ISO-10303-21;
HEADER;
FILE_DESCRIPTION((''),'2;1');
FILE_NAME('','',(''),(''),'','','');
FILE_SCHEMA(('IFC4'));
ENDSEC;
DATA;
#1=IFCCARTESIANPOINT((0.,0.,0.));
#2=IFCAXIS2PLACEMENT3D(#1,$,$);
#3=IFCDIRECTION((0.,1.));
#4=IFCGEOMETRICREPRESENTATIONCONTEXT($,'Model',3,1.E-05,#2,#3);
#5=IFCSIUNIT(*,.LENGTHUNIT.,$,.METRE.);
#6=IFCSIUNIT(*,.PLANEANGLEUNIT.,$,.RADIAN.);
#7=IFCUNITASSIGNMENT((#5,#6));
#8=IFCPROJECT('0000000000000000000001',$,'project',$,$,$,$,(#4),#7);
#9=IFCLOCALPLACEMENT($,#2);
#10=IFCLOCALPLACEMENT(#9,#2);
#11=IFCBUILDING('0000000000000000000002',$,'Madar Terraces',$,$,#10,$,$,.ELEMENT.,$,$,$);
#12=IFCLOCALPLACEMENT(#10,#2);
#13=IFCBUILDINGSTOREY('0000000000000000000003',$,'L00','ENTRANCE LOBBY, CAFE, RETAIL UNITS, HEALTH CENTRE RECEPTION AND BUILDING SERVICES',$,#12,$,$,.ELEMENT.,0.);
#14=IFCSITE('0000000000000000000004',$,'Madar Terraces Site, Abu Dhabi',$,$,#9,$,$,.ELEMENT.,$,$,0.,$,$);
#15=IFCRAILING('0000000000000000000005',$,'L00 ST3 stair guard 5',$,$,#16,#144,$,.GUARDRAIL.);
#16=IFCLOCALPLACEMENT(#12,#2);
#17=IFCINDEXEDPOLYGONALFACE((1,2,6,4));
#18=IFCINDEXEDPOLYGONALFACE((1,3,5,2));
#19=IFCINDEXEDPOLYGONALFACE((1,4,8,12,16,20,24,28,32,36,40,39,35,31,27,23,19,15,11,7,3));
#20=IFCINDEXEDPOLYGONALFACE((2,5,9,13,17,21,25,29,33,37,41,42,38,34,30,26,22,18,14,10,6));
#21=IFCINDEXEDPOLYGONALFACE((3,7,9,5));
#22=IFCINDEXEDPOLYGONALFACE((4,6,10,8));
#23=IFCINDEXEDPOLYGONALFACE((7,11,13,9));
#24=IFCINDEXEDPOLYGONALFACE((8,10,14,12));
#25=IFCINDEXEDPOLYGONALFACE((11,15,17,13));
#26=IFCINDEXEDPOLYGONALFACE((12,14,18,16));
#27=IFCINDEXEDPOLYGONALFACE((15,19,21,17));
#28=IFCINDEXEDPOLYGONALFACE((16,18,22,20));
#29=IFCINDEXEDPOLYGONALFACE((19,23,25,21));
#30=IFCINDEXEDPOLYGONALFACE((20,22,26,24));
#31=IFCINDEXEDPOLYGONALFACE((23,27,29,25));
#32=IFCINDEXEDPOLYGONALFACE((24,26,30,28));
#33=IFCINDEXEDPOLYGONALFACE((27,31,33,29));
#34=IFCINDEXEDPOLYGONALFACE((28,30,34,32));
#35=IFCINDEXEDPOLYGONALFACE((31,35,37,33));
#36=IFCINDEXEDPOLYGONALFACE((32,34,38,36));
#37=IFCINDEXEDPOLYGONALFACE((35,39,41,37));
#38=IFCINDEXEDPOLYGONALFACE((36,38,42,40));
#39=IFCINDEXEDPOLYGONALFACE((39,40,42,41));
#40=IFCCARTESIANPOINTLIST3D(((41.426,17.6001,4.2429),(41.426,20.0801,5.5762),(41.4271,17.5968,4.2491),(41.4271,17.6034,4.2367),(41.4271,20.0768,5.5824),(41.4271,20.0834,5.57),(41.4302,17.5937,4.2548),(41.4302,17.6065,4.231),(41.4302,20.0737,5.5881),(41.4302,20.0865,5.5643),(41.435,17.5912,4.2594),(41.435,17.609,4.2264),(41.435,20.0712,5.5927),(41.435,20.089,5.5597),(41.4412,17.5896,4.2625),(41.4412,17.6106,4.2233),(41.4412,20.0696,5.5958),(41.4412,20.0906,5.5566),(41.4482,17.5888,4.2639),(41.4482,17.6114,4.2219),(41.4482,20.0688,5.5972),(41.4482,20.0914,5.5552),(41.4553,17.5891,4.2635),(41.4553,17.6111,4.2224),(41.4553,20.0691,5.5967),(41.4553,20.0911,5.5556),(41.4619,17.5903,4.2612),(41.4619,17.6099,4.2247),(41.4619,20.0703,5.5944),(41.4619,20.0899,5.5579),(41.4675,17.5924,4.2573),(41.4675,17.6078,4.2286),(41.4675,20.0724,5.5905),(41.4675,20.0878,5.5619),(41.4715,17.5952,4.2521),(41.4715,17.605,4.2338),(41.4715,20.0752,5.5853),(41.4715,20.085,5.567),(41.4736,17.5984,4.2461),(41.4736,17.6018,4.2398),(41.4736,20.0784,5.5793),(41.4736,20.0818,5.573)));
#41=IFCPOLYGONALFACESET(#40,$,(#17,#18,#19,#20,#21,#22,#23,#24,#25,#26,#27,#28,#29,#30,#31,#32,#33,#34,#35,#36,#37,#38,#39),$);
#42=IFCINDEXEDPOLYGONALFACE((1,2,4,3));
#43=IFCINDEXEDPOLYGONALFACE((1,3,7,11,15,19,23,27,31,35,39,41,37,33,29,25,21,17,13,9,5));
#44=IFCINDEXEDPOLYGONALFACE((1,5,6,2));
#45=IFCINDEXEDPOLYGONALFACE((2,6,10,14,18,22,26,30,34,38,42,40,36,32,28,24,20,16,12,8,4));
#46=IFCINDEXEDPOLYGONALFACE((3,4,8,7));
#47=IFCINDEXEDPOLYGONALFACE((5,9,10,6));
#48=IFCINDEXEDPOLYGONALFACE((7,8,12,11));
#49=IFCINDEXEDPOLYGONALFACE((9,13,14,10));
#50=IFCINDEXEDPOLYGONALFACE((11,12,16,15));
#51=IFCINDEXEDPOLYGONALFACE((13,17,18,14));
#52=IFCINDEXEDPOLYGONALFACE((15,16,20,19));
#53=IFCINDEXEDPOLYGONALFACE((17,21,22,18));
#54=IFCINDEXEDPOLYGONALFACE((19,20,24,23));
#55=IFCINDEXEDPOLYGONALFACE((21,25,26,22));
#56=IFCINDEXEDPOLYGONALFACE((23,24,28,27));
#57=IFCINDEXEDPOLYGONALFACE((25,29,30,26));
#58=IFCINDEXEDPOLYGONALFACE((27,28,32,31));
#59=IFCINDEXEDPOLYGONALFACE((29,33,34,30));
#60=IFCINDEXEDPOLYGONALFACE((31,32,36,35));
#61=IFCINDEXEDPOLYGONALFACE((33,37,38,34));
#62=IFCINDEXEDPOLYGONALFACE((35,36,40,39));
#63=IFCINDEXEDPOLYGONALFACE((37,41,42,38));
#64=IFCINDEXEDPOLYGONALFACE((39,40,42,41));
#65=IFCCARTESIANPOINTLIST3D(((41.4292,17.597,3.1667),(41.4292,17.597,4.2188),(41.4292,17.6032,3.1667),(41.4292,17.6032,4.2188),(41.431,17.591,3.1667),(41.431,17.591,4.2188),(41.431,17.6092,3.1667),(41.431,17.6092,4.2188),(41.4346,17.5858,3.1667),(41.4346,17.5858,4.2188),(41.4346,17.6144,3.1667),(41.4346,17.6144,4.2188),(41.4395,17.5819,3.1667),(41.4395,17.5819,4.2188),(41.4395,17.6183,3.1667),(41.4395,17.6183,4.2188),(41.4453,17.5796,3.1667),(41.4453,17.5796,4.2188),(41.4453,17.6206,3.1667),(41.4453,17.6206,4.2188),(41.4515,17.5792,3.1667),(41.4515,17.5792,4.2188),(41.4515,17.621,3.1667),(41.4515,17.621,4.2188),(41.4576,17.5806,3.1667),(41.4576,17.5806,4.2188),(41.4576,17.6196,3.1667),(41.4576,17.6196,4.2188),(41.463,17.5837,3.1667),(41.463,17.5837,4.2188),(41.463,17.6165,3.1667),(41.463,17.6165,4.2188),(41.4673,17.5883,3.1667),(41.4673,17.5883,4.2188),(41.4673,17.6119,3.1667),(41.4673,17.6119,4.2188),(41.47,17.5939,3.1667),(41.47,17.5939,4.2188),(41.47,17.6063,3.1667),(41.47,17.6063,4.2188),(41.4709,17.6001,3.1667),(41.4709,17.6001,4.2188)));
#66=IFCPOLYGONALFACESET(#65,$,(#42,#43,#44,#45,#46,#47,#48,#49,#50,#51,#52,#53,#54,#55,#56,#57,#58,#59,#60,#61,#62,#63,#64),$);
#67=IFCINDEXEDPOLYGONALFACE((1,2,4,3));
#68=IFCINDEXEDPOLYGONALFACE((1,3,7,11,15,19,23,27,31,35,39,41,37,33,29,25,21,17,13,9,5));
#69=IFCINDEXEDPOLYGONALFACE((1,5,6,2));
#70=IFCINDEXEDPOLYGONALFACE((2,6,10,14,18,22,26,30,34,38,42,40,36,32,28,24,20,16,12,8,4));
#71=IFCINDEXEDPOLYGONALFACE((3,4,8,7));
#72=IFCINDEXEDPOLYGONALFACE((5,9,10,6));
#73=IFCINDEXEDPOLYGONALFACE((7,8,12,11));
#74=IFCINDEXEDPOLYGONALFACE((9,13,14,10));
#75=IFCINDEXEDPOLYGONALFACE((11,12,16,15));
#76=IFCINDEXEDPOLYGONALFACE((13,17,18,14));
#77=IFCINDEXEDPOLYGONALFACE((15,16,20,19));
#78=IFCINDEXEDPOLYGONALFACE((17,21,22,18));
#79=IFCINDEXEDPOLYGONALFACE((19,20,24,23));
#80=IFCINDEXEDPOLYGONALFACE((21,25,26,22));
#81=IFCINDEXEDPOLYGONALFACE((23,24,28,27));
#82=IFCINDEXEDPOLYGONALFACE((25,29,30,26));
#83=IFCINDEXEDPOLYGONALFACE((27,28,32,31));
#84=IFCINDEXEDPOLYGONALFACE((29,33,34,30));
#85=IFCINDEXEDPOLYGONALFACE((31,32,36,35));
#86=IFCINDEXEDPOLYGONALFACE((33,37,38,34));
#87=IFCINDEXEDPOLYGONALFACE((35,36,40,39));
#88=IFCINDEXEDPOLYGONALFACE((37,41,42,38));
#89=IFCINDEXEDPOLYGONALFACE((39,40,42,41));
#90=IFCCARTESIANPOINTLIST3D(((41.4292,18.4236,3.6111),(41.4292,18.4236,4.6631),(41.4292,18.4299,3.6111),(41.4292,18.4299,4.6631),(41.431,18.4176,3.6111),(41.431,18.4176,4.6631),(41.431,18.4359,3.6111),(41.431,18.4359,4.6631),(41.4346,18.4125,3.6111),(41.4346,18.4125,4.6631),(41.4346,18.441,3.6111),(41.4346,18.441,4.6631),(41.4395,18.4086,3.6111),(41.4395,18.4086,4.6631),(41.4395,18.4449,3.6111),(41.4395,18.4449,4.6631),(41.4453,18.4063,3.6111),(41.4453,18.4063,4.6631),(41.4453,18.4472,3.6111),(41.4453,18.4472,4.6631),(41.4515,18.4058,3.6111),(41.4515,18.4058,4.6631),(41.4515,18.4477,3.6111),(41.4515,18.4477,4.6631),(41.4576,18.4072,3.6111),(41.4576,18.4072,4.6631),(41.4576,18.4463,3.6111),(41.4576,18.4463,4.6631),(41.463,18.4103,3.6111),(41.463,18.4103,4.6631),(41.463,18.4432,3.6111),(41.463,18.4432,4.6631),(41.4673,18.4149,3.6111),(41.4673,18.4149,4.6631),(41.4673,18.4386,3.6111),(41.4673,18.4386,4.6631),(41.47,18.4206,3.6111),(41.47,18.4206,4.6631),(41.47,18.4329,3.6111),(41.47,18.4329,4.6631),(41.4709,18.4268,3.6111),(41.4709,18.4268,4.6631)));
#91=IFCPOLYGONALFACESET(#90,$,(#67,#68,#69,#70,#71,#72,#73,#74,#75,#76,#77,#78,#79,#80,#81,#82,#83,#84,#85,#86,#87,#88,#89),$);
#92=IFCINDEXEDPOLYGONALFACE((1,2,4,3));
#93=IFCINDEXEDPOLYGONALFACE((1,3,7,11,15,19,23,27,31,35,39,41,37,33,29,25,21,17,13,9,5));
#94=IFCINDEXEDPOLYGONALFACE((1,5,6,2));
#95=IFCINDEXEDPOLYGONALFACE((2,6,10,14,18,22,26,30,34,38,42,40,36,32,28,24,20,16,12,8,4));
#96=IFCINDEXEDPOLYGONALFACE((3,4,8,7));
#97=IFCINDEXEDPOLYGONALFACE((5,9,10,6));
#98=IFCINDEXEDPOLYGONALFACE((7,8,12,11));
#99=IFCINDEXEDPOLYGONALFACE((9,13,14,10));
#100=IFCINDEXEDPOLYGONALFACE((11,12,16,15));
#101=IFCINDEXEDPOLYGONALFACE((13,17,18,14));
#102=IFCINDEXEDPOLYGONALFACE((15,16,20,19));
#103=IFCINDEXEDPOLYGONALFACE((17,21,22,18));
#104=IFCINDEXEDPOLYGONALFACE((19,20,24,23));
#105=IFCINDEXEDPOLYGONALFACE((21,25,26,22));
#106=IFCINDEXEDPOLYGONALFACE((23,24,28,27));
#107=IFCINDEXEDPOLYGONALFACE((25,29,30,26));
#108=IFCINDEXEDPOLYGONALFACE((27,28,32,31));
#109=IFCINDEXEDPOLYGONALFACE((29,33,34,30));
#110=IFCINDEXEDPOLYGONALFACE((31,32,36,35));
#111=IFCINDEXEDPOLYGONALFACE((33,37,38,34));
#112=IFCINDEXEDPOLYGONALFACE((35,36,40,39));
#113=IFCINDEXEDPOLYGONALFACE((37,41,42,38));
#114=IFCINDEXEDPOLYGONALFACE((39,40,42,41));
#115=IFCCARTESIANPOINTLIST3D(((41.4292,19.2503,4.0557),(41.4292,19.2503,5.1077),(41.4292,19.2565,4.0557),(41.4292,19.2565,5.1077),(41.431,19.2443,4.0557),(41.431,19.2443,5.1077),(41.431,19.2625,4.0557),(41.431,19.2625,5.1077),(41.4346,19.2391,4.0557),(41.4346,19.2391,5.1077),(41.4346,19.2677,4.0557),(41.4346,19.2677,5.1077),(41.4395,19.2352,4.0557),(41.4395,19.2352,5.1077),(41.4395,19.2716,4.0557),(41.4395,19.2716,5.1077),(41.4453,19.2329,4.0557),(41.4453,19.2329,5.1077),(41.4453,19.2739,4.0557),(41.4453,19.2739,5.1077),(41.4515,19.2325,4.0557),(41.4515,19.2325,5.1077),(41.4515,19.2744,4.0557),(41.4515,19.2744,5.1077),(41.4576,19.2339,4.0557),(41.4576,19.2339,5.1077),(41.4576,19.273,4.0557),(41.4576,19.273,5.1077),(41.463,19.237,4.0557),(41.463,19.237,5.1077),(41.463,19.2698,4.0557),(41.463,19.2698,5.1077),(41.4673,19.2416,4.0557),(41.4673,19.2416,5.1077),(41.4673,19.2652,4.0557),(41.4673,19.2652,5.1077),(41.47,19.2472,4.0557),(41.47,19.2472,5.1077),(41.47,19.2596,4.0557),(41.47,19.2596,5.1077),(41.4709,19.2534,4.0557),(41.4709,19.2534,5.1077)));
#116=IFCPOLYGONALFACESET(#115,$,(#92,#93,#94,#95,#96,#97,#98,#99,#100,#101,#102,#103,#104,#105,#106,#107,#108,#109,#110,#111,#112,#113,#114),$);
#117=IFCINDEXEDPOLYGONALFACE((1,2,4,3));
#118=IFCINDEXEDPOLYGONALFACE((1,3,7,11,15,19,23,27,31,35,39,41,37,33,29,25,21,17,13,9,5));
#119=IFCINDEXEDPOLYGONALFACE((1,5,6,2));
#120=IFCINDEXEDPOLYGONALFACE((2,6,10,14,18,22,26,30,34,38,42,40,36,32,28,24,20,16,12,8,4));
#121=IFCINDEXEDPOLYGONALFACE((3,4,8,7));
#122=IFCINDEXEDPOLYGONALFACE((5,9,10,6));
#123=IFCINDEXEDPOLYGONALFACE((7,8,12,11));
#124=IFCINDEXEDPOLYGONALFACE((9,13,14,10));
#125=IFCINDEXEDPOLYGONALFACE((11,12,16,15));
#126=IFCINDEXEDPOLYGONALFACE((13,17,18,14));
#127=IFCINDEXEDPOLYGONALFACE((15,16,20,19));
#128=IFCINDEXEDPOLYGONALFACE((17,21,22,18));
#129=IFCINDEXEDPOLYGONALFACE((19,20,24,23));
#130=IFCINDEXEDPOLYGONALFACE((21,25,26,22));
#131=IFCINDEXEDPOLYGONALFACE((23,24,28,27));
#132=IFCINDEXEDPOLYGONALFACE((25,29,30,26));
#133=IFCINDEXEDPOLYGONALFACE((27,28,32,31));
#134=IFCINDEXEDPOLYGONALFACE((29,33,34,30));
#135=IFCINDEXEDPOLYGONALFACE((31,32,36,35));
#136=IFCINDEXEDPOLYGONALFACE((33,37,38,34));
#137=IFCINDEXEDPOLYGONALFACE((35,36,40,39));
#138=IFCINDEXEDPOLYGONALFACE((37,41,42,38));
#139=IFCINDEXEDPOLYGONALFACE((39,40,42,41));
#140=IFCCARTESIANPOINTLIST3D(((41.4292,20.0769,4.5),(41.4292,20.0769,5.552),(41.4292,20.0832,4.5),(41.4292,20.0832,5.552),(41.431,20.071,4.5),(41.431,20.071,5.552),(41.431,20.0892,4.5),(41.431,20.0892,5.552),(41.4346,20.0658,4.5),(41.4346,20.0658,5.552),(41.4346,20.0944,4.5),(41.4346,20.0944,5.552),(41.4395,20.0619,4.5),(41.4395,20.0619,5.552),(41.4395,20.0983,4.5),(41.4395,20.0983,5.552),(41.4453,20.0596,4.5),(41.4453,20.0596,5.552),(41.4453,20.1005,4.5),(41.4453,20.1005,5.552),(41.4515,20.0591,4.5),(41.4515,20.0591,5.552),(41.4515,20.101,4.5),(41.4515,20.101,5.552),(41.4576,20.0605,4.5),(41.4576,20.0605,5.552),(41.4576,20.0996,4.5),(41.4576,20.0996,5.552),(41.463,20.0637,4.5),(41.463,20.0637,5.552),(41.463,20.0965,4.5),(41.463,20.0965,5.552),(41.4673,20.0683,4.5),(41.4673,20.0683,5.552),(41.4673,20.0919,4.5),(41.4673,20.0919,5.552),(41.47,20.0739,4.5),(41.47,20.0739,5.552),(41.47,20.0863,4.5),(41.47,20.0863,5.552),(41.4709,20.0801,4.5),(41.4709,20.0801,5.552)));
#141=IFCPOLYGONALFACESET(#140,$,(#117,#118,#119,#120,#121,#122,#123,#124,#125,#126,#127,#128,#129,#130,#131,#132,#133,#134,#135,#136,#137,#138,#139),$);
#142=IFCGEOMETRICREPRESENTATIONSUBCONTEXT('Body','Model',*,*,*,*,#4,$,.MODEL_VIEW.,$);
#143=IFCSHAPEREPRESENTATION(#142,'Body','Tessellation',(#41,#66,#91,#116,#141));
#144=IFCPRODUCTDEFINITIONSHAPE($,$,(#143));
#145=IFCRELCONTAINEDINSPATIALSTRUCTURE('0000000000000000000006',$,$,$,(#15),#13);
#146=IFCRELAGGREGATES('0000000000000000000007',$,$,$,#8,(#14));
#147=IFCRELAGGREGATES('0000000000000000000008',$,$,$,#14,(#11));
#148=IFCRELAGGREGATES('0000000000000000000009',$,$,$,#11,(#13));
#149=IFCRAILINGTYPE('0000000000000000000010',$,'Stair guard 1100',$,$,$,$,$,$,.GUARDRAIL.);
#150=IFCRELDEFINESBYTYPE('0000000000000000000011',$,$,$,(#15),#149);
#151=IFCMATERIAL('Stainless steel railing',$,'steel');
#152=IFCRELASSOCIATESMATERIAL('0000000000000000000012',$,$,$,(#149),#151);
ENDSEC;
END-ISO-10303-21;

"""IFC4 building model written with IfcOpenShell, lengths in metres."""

from ifc_helpers import new_model, si_unit, direction, frame, origin, origin_2d, place, context, subcontext, project, spatial, circle, extrude, material, type_object, element, save


model = new_model("IFC4")

# Units and contexts
model_context = context("Model", 3, precision=1e-05, world=origin(), true_north=direction((0.0, 1.0)))
body_context = subcontext(model_context, "Body", "Model", "MODEL_VIEW")
ifc_project = project(units=[si_unit("LENGTHUNIT", "METRE"), si_unit("PLANEANGLEUNIT", "RADIAN")], contexts=[model_context])

# Site, building, storey
site_placement = place(None, origin())
site = spatial("IfcSite", under=ifc_project, at=site_placement, Name="Madar Terraces Site, Abu Dhabi", CompositionType="ELEMENT", RefElevation=0.0)
building_placement = place(site_placement, origin())
building = spatial("IfcBuilding", under=site, at=building_placement, Name="Madar Terraces", CompositionType="ELEMENT")
storey_placement = place(building_placement, origin())
storey = spatial("IfcBuildingStorey", under=building, at=storey_placement, Name="L00", Description="ENTRANCE LOBBY, CAFE, RETAIL UNITS, HEALTH CENTRE RECEPTION AND BUILDING SERVICES", CompositionType="ELEMENT", Elevation=0.0)

# Railing
ifc_material_1 = material(Name="Stainless steel railing", Category="steel")
railing_type_1 = type_object("IfcRailingType", Name="Stair guard 1100", PredefinedType="GUARDRAIL", material=ifc_material_1)
railing_1_placement = place(storey_placement, frame((41.45, 17.6001, 3.1667)))
element("IfcRailing", 1, at=railing_1_placement, inside=storey, type_object=railing_type_1, Name="L00 ST3 stair guard 5", PredefinedType="GUARDRAIL", context=body_context, shape_type="SweptSolid", body=[
    extrude(circle(Radius=0.0239, at=origin_2d()), frame((0.0, 0.0, 1.0762), z_axis=(0.0, 0.880786, 0.473515), x_axis=(-1.0, 0.0, 0.0)), (0.0, 0.0, 1.0), 2.8157),
    extrude(circle(Radius=0.021, at=origin_2d()), origin(), (0.0, 0.0, 1.0), 1.052),
    extrude(circle(Radius=0.021, at=origin_2d()), frame((0.0, 0.8267, 0.4443)), (0.0, 0.0, 1.0), 1.052),
    extrude(circle(Radius=0.021, at=origin_2d()), frame((0.0, 1.6533, 0.8889)), (0.0, 0.0, 1.0), 1.052),
    extrude(circle(Radius=0.021, at=origin_2d()), frame((0.0, 2.48, 1.3333)), (0.0, 0.0, 1.0), 1.052),
])

save(model, "model.ifc")
